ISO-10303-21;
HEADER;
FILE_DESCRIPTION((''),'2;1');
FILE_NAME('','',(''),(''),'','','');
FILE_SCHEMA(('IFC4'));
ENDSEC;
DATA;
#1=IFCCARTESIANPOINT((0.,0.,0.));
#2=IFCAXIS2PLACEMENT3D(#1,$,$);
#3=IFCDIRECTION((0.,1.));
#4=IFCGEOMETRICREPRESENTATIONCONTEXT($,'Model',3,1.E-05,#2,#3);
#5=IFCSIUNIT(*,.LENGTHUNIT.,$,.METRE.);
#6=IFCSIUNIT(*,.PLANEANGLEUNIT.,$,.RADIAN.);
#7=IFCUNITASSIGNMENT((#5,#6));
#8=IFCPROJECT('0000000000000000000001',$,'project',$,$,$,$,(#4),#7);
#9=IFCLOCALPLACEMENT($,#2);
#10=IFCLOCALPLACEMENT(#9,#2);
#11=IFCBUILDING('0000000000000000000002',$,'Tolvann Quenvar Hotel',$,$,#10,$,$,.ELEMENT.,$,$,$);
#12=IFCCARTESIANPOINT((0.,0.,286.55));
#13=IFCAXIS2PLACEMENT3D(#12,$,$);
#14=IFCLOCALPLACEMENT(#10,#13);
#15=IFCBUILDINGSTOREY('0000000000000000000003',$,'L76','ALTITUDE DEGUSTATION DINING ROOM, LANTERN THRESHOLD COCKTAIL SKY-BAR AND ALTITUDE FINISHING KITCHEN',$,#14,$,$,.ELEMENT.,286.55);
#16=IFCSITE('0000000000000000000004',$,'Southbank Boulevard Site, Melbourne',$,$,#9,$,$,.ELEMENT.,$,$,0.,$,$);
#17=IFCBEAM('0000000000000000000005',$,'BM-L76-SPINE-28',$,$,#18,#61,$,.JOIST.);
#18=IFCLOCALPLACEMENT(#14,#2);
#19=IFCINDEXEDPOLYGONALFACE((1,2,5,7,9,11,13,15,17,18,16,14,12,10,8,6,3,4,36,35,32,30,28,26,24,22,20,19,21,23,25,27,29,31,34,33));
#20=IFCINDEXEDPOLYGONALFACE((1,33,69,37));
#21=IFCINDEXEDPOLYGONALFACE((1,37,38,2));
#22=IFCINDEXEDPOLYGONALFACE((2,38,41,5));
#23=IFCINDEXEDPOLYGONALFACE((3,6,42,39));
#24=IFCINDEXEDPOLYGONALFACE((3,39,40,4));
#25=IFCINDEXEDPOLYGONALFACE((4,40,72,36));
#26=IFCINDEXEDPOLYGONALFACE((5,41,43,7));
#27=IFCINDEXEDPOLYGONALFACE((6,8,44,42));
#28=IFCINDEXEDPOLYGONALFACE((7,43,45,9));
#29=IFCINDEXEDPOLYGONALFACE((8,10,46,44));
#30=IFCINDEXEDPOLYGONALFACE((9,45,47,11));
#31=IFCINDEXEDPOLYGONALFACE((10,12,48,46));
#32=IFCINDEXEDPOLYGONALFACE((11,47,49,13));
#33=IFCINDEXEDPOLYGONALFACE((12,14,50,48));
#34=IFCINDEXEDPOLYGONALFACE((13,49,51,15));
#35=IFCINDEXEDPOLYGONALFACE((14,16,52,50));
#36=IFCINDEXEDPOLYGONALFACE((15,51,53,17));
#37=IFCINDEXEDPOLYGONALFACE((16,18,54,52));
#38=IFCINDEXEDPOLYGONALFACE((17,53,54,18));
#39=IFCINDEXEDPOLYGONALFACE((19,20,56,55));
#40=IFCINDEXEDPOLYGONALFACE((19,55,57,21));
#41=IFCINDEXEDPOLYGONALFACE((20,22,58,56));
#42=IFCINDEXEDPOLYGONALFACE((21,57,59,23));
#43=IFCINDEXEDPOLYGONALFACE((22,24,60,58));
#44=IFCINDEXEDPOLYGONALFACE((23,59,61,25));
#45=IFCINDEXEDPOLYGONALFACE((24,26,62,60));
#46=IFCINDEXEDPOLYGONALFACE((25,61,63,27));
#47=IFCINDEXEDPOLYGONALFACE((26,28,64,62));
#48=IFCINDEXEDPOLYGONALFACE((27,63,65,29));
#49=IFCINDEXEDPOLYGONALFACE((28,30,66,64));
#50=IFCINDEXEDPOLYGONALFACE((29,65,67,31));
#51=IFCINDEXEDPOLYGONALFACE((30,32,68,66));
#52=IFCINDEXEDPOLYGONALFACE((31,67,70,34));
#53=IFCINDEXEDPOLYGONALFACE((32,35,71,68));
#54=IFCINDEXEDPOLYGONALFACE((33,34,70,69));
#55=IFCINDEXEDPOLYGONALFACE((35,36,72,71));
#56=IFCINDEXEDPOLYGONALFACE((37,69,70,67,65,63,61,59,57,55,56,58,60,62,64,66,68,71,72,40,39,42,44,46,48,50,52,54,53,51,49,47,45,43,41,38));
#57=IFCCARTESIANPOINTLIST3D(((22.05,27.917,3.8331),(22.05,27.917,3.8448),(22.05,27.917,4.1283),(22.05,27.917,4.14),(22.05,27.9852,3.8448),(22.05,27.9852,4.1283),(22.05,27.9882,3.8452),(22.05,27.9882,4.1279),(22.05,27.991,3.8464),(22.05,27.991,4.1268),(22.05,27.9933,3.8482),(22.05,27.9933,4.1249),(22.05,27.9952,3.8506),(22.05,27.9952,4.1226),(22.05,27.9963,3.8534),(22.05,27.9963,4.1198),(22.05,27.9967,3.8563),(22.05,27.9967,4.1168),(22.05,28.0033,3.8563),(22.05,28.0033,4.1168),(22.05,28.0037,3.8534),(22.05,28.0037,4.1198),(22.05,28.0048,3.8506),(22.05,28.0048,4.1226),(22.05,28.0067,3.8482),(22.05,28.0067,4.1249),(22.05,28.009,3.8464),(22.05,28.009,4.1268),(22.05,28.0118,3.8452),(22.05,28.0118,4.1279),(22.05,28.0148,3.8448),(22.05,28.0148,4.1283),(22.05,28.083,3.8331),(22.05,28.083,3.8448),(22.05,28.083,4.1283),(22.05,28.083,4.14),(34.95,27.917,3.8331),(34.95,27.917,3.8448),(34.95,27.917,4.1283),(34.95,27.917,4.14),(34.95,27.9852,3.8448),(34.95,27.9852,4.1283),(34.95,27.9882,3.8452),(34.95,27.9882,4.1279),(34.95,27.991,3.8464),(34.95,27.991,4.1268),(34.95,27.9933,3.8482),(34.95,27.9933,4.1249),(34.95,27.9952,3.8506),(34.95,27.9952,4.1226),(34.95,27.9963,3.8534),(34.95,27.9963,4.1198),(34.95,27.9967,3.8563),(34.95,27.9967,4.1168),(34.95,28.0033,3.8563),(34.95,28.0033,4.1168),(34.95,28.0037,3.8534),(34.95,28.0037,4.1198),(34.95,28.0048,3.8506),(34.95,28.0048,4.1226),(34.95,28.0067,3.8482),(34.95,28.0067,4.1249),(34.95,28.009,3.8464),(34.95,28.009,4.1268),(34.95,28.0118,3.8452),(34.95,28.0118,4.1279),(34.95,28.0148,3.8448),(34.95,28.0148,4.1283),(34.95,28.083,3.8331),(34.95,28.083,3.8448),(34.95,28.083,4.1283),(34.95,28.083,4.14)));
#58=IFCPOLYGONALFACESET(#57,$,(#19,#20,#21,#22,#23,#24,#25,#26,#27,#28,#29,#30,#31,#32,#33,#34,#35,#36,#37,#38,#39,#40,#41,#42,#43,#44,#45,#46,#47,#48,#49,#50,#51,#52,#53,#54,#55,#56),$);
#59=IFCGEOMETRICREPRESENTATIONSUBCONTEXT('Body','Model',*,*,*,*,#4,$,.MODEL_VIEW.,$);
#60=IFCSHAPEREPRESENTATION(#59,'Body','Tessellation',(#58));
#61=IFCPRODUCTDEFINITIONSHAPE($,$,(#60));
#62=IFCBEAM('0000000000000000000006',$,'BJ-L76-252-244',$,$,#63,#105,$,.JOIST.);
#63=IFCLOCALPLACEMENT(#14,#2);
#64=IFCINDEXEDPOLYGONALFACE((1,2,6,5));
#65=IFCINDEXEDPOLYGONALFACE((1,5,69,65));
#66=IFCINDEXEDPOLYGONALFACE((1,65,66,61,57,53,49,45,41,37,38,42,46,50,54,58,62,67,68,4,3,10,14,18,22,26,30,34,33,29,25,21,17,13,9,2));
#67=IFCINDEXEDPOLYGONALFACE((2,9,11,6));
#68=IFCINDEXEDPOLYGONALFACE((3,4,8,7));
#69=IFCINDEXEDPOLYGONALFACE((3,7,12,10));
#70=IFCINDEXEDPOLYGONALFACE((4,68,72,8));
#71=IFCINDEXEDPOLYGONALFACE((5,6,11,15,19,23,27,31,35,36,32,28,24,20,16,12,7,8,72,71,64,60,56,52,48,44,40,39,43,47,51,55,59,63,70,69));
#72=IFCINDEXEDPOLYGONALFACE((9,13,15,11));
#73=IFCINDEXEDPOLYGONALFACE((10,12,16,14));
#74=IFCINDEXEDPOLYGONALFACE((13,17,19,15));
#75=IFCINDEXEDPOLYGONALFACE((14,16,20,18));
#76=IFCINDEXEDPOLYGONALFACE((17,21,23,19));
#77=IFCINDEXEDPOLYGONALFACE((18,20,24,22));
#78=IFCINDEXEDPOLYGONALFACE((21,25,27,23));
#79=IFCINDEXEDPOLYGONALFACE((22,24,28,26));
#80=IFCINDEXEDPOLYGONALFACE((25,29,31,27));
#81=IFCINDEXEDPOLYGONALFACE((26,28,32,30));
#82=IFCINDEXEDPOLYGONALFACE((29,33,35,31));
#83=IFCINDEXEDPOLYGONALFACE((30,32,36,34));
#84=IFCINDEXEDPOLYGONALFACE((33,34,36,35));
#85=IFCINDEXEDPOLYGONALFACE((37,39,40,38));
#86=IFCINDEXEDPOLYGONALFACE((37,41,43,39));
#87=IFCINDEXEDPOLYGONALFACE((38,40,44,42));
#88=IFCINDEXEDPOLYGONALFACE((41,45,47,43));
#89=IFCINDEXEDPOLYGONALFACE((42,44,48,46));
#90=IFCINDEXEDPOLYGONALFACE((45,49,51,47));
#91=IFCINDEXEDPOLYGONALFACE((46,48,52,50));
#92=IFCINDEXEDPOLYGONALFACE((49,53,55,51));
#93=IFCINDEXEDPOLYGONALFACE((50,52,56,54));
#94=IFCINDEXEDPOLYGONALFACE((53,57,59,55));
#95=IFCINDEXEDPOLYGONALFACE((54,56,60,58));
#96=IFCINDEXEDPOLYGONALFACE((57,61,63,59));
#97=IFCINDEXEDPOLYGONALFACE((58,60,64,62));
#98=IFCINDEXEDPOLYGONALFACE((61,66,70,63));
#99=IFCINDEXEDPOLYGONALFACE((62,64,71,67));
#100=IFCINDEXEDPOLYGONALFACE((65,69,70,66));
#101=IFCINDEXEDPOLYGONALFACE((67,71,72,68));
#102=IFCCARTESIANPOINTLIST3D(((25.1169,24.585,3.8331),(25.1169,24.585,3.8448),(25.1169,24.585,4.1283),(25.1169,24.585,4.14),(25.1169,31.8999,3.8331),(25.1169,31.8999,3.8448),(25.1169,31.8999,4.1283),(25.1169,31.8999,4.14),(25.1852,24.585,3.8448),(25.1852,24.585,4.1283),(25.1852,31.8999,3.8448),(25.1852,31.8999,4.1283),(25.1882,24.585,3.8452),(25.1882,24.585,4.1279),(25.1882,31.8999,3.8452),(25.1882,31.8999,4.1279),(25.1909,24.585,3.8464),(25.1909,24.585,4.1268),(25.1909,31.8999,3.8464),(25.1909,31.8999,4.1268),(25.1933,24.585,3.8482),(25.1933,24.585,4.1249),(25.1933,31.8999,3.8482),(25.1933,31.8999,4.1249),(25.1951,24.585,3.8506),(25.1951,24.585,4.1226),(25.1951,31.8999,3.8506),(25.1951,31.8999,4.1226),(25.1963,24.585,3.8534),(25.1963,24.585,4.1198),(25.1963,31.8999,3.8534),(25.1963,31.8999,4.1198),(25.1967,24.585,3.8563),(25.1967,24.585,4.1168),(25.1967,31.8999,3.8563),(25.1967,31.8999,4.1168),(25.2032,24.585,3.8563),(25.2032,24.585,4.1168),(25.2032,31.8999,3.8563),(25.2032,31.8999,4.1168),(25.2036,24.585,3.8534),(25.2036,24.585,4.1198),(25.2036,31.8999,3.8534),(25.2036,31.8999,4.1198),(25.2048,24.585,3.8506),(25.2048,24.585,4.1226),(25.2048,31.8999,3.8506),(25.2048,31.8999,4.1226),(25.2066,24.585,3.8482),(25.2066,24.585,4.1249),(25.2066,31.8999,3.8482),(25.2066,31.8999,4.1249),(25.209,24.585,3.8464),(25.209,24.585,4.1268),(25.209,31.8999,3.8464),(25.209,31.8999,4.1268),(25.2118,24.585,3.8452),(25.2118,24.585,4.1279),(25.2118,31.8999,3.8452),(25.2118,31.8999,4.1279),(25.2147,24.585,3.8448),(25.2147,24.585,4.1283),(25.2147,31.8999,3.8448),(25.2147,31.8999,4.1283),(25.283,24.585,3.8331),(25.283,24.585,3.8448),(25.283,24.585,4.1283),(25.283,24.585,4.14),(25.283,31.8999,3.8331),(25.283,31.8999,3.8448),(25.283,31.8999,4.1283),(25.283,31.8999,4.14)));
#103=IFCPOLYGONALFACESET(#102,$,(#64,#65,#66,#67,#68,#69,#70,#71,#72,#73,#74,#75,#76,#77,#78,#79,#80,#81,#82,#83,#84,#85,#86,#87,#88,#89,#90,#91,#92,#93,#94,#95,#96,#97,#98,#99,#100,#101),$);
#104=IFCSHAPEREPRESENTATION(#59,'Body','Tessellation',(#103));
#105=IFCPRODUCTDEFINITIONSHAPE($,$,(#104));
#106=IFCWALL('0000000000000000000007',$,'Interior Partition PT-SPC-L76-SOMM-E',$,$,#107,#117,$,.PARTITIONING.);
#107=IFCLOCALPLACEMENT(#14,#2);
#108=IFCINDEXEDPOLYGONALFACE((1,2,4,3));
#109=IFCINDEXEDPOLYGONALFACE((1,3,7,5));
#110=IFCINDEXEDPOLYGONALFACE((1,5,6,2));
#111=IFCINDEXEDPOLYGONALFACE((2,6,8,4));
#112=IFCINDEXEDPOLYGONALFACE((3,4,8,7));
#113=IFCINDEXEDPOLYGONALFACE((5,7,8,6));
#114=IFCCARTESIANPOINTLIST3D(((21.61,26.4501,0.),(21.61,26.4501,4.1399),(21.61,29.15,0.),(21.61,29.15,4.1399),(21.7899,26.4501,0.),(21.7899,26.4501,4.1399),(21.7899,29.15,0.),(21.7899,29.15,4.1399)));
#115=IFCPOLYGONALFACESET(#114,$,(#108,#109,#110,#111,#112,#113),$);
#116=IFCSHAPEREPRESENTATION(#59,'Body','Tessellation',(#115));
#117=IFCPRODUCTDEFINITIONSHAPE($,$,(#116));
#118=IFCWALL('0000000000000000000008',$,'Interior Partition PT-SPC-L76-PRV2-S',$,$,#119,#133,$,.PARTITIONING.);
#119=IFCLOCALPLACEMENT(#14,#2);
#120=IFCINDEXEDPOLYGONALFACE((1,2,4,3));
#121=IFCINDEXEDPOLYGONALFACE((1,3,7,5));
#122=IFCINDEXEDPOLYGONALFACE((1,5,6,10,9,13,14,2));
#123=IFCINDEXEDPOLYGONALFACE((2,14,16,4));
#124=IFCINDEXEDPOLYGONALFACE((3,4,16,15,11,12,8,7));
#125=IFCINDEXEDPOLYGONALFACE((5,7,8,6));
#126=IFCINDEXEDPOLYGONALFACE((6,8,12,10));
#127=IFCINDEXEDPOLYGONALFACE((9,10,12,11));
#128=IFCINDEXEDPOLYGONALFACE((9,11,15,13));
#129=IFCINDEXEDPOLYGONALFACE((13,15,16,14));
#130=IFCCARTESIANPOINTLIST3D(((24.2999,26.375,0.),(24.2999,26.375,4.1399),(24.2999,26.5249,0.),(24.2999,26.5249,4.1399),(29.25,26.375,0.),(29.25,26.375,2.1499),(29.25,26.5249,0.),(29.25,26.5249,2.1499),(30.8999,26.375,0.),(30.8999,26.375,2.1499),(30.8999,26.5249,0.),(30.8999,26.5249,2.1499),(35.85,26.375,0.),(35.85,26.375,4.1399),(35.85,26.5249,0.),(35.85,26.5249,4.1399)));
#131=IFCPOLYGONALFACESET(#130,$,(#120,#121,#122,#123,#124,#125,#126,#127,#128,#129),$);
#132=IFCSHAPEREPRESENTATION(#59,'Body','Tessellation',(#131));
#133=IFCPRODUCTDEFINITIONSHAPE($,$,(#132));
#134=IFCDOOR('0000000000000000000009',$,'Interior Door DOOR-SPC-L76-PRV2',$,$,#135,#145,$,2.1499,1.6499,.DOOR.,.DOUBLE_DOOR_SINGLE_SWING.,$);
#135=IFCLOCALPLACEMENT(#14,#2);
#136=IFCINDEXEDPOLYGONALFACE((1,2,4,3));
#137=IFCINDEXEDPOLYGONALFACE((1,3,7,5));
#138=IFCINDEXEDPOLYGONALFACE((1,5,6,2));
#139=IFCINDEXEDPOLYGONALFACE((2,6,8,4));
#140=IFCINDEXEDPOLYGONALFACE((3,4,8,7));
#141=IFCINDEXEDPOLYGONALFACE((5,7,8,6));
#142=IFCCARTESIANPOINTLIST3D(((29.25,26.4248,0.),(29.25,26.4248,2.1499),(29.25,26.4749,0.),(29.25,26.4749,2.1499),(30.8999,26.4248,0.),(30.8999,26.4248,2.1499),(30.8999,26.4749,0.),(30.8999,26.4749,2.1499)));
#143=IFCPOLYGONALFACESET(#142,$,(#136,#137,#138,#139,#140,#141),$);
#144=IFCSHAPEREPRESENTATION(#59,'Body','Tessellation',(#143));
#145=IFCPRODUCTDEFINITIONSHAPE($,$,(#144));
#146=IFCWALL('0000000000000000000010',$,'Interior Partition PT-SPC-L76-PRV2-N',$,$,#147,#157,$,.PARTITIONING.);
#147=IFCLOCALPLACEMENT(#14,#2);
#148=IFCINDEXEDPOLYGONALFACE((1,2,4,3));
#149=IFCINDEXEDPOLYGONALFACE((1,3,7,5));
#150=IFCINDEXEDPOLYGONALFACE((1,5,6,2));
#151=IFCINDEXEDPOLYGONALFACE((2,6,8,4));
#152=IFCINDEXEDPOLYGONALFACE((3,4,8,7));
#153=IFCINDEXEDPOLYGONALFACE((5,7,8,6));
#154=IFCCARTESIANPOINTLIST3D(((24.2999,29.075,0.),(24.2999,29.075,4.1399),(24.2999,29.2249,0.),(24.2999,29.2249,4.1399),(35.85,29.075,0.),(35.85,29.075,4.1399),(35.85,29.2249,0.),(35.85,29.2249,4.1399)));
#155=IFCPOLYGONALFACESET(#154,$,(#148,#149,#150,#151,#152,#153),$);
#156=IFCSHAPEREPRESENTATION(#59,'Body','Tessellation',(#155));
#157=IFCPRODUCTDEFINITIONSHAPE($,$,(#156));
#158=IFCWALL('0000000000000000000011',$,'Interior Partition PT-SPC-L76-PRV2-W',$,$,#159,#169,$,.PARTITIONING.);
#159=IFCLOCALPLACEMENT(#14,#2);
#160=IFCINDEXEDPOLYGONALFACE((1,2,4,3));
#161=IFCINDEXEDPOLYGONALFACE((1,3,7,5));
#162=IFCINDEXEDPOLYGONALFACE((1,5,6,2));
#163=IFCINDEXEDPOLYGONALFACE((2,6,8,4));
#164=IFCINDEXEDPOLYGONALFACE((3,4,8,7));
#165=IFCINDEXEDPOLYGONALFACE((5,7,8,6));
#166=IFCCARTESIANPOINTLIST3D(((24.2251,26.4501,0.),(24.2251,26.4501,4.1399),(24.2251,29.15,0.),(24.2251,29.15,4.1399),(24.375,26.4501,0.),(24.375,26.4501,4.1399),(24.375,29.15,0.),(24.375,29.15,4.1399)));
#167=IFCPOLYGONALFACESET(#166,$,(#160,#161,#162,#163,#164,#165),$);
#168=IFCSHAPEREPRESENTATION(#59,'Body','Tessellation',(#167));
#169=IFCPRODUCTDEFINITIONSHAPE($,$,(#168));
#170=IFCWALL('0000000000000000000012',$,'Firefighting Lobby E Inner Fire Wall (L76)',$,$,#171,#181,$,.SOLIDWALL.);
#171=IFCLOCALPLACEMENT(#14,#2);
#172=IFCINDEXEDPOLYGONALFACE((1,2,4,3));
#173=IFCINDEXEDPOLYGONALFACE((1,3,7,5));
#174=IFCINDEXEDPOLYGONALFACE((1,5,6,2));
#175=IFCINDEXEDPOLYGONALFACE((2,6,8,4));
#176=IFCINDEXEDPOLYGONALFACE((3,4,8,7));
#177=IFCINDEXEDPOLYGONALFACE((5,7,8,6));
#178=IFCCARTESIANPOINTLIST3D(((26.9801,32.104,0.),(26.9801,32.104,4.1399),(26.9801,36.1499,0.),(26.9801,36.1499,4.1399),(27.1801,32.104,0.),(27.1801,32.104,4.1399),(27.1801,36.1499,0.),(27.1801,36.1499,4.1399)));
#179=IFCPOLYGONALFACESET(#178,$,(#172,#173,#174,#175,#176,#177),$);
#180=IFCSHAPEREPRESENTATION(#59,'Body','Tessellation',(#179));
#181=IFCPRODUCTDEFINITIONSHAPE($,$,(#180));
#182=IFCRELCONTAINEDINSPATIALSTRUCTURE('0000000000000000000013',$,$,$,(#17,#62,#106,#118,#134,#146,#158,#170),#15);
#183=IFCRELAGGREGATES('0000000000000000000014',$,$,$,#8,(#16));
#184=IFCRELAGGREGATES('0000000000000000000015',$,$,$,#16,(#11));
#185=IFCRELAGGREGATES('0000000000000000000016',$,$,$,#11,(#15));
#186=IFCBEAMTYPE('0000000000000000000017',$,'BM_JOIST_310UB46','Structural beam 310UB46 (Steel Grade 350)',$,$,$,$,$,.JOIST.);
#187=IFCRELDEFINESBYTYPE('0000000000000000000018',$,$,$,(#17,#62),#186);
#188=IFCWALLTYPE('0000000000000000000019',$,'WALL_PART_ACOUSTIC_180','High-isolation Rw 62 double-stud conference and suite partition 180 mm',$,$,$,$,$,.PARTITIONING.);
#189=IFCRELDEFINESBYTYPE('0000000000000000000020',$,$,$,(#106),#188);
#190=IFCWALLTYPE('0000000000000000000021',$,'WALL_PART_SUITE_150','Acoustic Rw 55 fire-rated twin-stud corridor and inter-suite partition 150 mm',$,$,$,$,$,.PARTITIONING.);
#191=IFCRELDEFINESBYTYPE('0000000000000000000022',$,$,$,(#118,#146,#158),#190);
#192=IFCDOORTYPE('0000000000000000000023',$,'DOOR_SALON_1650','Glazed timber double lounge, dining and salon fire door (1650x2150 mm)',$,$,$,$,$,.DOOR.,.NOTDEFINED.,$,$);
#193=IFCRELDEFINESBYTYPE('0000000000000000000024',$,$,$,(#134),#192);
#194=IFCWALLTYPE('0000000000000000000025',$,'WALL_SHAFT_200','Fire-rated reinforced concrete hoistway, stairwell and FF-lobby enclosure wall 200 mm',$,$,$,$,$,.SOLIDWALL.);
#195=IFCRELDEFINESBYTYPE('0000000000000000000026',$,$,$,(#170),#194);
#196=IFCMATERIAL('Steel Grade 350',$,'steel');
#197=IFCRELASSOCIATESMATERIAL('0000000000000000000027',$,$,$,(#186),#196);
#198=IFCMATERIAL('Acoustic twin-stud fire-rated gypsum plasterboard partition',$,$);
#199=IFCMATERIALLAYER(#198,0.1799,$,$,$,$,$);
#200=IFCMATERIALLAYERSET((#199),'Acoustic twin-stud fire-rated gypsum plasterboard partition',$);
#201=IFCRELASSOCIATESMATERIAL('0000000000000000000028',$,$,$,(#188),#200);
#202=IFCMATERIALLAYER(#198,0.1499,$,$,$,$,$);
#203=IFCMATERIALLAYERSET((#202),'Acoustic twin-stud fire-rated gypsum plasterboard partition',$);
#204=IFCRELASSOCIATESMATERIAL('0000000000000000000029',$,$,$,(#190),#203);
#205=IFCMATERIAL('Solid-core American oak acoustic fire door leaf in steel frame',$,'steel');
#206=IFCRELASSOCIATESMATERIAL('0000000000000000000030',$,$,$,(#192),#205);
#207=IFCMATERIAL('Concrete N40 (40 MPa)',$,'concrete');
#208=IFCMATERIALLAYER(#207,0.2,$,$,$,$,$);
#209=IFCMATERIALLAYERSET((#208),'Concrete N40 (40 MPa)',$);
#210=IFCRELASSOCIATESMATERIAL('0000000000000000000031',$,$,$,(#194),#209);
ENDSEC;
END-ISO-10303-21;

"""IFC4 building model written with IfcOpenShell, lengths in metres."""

from ifc_helpers import new_model, si_unit, direction, frame, frame_2d, origin, origin_2d, place, context, subcontext, project, spatial, rectangle, i_section, extrude, source, transform, mapped, material, layer, layer_set, material_profile, profile_set, type_object, type_shapes, element, fill, save


model = new_model("IFC4")

# Units and contexts
model_context = context("Model", 3, precision=1e-05, world=origin(), true_north=direction((0.0, 1.0)))
body_context = subcontext(model_context, "Body", "Model", "MODEL_VIEW")
ifc_project = project(units=[si_unit("LENGTHUNIT", "METRE"), si_unit("PLANEANGLEUNIT", "RADIAN")], contexts=[model_context])

# Site, building, storey
site_placement = place(None, origin())
site = spatial("IfcSite", under=ifc_project, at=site_placement, Name="Southbank Boulevard Site, Melbourne", CompositionType="ELEMENT", RefElevation=0.0)
building_placement = place(site_placement, origin())
building = spatial("IfcBuilding", under=site, at=building_placement, Name="Tolvann Quenvar Hotel", CompositionType="ELEMENT")
storey_placement = place(building_placement, frame((0.0, 0.0, 286.55)))
storey = spatial("IfcBuildingStorey", under=building, at=storey_placement, Name="L76", Description="ALTITUDE DEGUSTATION DINING ROOM, LANTERN THRESHOLD COCKTAIL SKY-BAR AND ALTITUDE FINISHING KITCHEN", CompositionType="ELEMENT", Elevation=286.55)

# Beams
ifc_material_1 = material(Name="Steel Grade 350", Category="steel")
ifc_material_profile = material_profile(ifc_material_1, i_section(OverallWidth=0.166, OverallDepth=0.3069, WebThickness=0.0066, FlangeThickness=0.0117, FilletRadius=0.0115, at=origin_2d()), Name="310UB46")
ifc_profile_set = profile_set([ifc_material_profile], Name="Steel Grade 350")
beam_type = type_object("IfcBeamType", Name="BM_JOIST_310UB46", Description="Structural beam 310UB46 (Steel Grade 350)", PredefinedType="JOIST", material=ifc_profile_set)
shared_shape_1 = source(origin(), body_context, "Body", "SweptSolid", [
    extrude(i_section(OverallWidth=0.166, OverallDepth=0.3069, WebThickness=0.0066, FlangeThickness=0.0117, FilletRadius=0.0115, at=origin_2d()), origin(), (0.0, 0.0, 1.0), 12.8999),
])
beam_1_placement = place(storey_placement, frame((22.05, 28.0, 3.9866), z_axis=(1.0, 0.0, 0.0), x_axis=(0.0, 1.0, 0.0)))
element("IfcBeam", 1, at=beam_1_placement, inside=storey, type_object=beam_type, Name="BM-L76-SPINE-28", PredefinedType="JOIST", context=body_context, shape_type="MappedRepresentation", body=[
    mapped(shared_shape_1, transform((0.0, 0.0, 0.0), x_axis=(1.0, 0.0, 0.0), y_axis=(0.0, 1.0, 0.0), z_axis=(0.0, 0.0, 1.0), scale=1.0)),
])
shared_shape_2 = source(origin(), body_context, "Body", "SweptSolid", [
    extrude(i_section(OverallWidth=0.166, OverallDepth=0.3069, WebThickness=0.0066, FlangeThickness=0.0117, FilletRadius=0.0115, at=origin_2d()), origin(), (0.0, 0.0, 1.0), 7.3149),
])
type_shapes(beam_type, [shared_shape_1, shared_shape_2])
beam_2_placement = place(storey_placement, frame((25.2, 24.585, 3.9866), z_axis=(0.0, 1.0, 0.0), x_axis=(-1.0, 0.0, 0.0)))
element("IfcBeam", 2, at=beam_2_placement, inside=storey, type_object=beam_type, Name="BJ-L76-252-244", PredefinedType="JOIST", context=body_context, shape_type="MappedRepresentation", body=[
    mapped(shared_shape_2, transform((0.0, 0.0, 0.0), x_axis=(1.0, 0.0, 0.0), y_axis=(0.0, 1.0, 0.0), z_axis=(0.0, 0.0, 1.0), scale=1.0)),
])

# Wall
ifc_material_2 = material(Name="Acoustic twin-stud fire-rated gypsum plasterboard partition")
ifc_layer_1 = layer(ifc_material_2, 0.1799)
ifc_layer_set_1 = layer_set([ifc_layer_1], Name="Acoustic twin-stud fire-rated gypsum plasterboard partition")
wall_type_1 = type_object("IfcWallType", Name="WALL_PART_ACOUSTIC_180", Description="High-isolation Rw 62 double-stud conference and suite partition 180 mm", PredefinedType="PARTITIONING", material=ifc_layer_set_1)
wall_1_placement = place(storey_placement, frame((21.7, 26.45, 0.0), z_axis=(0.0, 0.0, 1.0), x_axis=(0.0, 1.0, 0.0)))
element("IfcWall", 3, at=wall_1_placement, inside=storey, type_object=wall_type_1, Name="Interior Partition PT-SPC-L76-SOMM-E", PredefinedType="PARTITIONING", context=body_context, shape_type="SweptSolid", body=[
    extrude(rectangle(XDim=2.7, YDim=0.1799, at=frame_2d((1.3501, 0.0))), origin(), (0.0, 0.0, 1.0), 4.1399),
])

# Wall, opening, door
ifc_layer_2 = layer(ifc_material_2, 0.1499)
ifc_layer_set_2 = layer_set([ifc_layer_2], Name="Acoustic twin-stud fire-rated gypsum plasterboard partition")
wall_type_2 = type_object("IfcWallType", Name="WALL_PART_SUITE_150", Description="Acoustic Rw 55 fire-rated twin-stud corridor and inter-suite partition 150 mm", PredefinedType="PARTITIONING", material=ifc_layer_set_2)
wall_2_placement = place(storey_placement, frame((24.3, 26.45, 0.0), z_axis=(0.0, 0.0, 1.0), x_axis=(1.0, 0.0, 0.0)))
wall_2 = element("IfcWall", 4, at=wall_2_placement, inside=storey, type_object=wall_type_2, Name="Interior Partition PT-SPC-L76-PRV2-S", PredefinedType="PARTITIONING", context=body_context, shape_type="SweptSolid", body=[
    extrude(rectangle(XDim=11.55, YDim=0.1499, at=frame_2d((5.7749, 0.0))), origin(), (0.0, 0.0, 1.0), 4.1399),
])
opening_1_placement = place(wall_2_placement, frame((4.95, 0.0, 0.0)))
opening_1 = element("IfcOpeningElement", 5, at=opening_1_placement, cuts=wall_2, PredefinedType="OPENING", context=body_context, shape_type="SweptSolid", body=[
    extrude(rectangle(XDim=1.6499, YDim=2.1499, at=frame_2d((0.825, 1.075))), frame((0.0, 0.085, 0.0), z_axis=(0.0, -1.0, 0.0), x_axis=(1.0, 0.0, 0.0)), (0.0, 0.0, 1.0), 0.1699),
])
ifc_material_3 = material(Name="Solid-core American oak acoustic fire door leaf in steel frame", Category="steel")
door_type_1 = type_object("IfcDoorType", Name="DOOR_SALON_1650", Description="Glazed timber double lounge, dining and salon fire door (1650x2150 mm)", OperationType="NOTDEFINED", PredefinedType="DOOR", material=ifc_material_3)
shared_shape_3 = source(origin(), body_context, "Body", "SweptSolid", [
    extrude(rectangle(XDim=1.6499, YDim=2.1499, at=frame_2d((0.825, 1.075))), frame((0.0, 0.0249, 0.0), z_axis=(0.0, -1.0, 0.0), x_axis=(1.0, 0.0, 0.0)), (0.0, 0.0, 1.0), 0.05),
])
type_shapes(door_type_1, [shared_shape_3])
door_1_placement = place(opening_1_placement, origin())
door_1 = element("IfcDoor", 6, at=door_1_placement, inside=storey, type_object=door_type_1, Name="Interior Door DOOR-SPC-L76-PRV2", OperationType="DOUBLE_DOOR_SINGLE_SWING", OverallHeight=2.1499, OverallWidth=1.6499, PredefinedType="DOOR", context=body_context, shape_type="MappedRepresentation", body=[
    mapped(shared_shape_3, transform((0.0, 0.0, 0.0), x_axis=(1.0, 0.0, 0.0), y_axis=(0.0, 1.0, 0.0), z_axis=(0.0, 0.0, 1.0), scale=1.0)),
])
fill(opening_1, door_1)

# Walls
wall_3_placement = place(storey_placement, frame((24.3, 29.1499, 0.0), z_axis=(0.0, 0.0, 1.0), x_axis=(1.0, 0.0, 0.0)))
element("IfcWall", 7, at=wall_3_placement, inside=storey, type_object=wall_type_2, Name="Interior Partition PT-SPC-L76-PRV2-N", PredefinedType="PARTITIONING", context=body_context, shape_type="SweptSolid", body=[
    extrude(rectangle(XDim=11.55, YDim=0.1499, at=frame_2d((5.7749, 0.0))), origin(), (0.0, 0.0, 1.0), 4.1399),
])
wall_4_placement = place(storey_placement, frame((24.3, 26.45, 0.0), z_axis=(0.0, 0.0, 1.0), x_axis=(0.0, 1.0, 0.0)))
element("IfcWall", 8, at=wall_4_placement, inside=storey, type_object=wall_type_2, Name="Interior Partition PT-SPC-L76-PRV2-W", PredefinedType="PARTITIONING", context=body_context, shape_type="SweptSolid", body=[
    extrude(rectangle(XDim=2.7, YDim=0.1499, at=frame_2d((1.3501, 0.0))), origin(), (0.0, 0.0, 1.0), 4.1399),
])
ifc_material_4 = material(Name="Concrete N40 (40 MPa)", Category="concrete")
ifc_layer_3 = layer(ifc_material_4, 0.2)
ifc_layer_set_3 = layer_set([ifc_layer_3], Name="Concrete N40 (40 MPa)")
wall_type_3 = type_object("IfcWallType", Name="WALL_SHAFT_200", Description="Fire-rated reinforced concrete hoistway, stairwell and FF-lobby enclosure wall 200 mm", PredefinedType="SOLIDWALL", material=ifc_layer_set_3)
wall_5_placement = place(storey_placement, frame((27.0801, 32.104, 0.0), z_axis=(0.0, 0.0, 1.0), x_axis=(0.0, 1.0, 0.0)))
element("IfcWall", 9, at=wall_5_placement, inside=storey, type_object=wall_type_3, Name="Firefighting Lobby E Inner Fire Wall (L76)", PredefinedType="SOLIDWALL", context=body_context, shape_type="SweptSolid", body=[
    extrude(rectangle(XDim=4.0459, YDim=0.2, at=frame_2d((2.0229, 0.0))), origin(), (0.0, 0.0, 1.0), 4.1399),
])

save(model, "model.ifc")
